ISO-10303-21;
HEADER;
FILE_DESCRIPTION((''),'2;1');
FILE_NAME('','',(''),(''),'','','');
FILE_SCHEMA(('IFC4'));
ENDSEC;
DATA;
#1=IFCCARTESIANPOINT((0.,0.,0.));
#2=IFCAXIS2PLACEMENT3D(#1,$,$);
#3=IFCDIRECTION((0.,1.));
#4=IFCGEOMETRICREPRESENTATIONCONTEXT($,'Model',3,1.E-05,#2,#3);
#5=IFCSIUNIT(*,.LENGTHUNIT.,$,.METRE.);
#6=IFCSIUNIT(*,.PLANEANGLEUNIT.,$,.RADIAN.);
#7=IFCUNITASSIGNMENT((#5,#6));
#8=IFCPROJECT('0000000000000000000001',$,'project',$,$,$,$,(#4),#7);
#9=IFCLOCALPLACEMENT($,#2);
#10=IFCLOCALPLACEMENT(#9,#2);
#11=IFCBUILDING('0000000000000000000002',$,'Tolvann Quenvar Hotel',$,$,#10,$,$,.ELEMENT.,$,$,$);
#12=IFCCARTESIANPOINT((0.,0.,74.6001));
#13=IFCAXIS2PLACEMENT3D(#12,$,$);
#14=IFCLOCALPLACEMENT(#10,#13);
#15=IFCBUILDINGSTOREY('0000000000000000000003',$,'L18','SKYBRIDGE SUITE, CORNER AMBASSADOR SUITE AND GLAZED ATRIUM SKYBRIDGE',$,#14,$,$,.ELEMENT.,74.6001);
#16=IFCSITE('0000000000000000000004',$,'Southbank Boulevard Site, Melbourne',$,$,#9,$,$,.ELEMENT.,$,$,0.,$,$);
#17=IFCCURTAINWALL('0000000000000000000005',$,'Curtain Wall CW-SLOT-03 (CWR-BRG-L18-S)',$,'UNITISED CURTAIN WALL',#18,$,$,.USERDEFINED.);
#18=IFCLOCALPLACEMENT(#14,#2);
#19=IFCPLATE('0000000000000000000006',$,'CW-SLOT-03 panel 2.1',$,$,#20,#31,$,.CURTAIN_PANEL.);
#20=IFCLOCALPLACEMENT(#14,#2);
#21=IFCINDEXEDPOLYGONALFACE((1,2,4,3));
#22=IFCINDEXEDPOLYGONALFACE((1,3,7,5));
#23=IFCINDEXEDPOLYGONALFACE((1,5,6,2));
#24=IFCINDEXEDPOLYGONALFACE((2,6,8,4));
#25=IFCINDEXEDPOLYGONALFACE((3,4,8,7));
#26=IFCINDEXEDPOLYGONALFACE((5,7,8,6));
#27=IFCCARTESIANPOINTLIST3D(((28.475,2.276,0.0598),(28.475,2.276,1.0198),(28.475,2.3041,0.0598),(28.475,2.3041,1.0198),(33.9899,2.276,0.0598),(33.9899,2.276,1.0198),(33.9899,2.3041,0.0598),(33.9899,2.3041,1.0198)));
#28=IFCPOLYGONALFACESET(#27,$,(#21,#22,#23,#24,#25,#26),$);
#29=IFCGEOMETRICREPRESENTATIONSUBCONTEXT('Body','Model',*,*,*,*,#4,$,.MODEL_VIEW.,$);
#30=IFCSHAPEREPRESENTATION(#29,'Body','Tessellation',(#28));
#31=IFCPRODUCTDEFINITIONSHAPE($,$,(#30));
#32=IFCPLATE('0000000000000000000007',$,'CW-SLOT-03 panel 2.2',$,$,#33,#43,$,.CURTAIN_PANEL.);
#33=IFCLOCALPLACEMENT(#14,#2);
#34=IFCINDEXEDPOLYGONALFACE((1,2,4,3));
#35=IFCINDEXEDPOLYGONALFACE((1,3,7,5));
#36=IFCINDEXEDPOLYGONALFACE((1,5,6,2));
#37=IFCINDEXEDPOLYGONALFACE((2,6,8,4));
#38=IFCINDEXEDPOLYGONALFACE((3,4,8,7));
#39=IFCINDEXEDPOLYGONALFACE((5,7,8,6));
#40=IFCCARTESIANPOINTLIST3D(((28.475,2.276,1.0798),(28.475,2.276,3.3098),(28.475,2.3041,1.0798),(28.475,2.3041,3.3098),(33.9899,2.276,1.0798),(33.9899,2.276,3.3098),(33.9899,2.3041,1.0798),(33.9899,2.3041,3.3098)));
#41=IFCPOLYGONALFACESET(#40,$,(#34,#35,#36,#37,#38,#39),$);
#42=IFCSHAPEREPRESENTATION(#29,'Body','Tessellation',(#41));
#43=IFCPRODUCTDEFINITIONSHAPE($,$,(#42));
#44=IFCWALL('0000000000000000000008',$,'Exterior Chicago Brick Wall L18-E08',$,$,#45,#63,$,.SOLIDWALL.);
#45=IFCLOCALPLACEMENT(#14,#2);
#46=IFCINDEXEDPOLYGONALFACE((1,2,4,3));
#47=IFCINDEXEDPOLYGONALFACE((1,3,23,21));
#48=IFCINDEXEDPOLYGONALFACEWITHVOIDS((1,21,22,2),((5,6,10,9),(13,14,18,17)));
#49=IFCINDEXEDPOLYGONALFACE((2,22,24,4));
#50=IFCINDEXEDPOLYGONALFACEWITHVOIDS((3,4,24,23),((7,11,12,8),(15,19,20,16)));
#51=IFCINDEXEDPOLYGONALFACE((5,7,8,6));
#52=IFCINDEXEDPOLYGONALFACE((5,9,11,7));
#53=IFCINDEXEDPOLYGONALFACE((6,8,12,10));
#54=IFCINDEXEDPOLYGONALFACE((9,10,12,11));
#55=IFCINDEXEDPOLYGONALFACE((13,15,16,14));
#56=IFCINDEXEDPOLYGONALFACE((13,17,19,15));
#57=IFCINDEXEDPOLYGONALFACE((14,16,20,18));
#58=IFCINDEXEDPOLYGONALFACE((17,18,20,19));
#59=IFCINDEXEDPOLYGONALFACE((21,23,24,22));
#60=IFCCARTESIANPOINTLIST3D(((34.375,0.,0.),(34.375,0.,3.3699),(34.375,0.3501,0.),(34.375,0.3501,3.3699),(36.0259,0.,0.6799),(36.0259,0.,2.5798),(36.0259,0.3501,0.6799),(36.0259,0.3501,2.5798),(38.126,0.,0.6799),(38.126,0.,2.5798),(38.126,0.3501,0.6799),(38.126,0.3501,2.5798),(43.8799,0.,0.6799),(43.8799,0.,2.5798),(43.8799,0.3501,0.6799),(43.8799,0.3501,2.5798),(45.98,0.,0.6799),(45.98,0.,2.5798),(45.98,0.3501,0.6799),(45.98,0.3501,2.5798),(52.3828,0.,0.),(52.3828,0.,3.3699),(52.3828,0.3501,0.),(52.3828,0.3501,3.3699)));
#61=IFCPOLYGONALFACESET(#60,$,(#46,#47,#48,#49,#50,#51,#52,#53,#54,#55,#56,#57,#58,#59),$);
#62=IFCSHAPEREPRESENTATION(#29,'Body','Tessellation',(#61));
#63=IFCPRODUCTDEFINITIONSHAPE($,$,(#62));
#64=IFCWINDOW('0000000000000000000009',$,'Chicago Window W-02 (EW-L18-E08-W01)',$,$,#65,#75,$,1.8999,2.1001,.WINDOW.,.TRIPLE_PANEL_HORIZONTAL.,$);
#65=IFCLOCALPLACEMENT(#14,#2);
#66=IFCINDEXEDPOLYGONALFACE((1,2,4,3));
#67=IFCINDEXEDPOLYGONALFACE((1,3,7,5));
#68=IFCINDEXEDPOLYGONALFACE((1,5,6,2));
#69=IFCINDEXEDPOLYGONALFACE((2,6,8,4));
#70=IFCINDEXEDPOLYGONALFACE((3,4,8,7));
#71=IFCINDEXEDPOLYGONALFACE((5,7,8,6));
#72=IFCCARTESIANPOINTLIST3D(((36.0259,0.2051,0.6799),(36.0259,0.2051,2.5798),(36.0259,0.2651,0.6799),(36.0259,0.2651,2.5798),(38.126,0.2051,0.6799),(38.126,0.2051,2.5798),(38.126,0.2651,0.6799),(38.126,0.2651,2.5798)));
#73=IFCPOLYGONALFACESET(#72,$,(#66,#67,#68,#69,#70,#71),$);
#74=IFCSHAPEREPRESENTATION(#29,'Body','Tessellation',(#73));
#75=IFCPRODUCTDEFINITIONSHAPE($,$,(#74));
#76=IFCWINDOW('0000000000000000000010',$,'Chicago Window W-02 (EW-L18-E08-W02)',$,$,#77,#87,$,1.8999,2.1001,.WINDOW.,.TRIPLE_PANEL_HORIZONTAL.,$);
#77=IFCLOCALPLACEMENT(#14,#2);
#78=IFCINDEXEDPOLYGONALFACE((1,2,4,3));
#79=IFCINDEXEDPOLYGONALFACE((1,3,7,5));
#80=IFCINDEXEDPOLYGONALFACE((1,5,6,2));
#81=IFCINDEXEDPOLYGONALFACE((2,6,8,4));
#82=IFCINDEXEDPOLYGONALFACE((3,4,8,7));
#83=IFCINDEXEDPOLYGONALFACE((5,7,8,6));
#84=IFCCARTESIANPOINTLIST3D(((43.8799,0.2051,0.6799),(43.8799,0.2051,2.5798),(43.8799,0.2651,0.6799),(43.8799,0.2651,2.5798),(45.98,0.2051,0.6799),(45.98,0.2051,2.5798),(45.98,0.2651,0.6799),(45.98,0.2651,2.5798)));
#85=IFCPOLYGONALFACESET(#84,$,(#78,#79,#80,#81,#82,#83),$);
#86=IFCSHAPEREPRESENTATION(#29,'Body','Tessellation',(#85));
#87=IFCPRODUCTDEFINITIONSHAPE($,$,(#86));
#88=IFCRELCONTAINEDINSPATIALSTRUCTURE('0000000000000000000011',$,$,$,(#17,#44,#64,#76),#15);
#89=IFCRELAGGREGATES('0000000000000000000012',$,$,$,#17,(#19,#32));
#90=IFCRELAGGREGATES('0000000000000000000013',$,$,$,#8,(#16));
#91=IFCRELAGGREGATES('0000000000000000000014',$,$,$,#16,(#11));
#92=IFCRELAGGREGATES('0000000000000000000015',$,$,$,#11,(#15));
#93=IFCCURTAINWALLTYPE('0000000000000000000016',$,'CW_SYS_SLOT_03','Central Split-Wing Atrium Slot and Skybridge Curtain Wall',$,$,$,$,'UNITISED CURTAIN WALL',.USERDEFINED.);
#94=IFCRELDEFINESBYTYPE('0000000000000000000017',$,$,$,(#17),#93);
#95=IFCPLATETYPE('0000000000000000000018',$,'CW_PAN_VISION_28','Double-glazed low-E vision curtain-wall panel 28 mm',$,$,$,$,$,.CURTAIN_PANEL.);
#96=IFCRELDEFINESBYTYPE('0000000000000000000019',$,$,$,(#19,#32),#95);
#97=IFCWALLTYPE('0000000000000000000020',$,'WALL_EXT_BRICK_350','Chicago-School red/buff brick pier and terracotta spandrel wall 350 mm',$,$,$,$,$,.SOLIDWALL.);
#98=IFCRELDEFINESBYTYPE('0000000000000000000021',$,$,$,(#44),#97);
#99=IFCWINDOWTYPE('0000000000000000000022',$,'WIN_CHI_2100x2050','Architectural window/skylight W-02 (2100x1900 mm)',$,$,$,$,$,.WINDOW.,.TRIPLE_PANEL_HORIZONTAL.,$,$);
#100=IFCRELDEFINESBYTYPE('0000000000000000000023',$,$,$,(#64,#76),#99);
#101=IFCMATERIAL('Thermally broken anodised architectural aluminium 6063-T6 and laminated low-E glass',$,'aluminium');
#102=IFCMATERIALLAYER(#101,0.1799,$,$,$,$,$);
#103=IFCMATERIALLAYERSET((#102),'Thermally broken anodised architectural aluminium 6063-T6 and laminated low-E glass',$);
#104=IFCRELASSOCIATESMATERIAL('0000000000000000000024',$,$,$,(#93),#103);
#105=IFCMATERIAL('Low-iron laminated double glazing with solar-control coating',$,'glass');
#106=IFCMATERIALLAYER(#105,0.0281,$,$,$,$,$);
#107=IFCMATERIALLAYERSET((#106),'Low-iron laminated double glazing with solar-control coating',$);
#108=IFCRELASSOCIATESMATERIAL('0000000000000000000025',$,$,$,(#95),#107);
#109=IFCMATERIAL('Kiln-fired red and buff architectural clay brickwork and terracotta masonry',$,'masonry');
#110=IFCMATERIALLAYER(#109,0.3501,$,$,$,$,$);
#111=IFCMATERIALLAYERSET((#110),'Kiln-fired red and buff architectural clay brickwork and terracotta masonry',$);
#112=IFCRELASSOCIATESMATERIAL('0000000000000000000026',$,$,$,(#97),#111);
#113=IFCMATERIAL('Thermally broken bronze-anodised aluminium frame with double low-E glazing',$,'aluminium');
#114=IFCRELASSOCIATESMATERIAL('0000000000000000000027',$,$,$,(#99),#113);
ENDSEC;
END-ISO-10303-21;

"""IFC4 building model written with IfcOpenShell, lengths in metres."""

from ifc_helpers import new_model, si_unit, direction, frame, frame_2d, origin, origin_2d, place, context, subcontext, project, spatial, rectangle, extrude, source, transform, mapped, material, layer, layer_set, type_object, type_shapes, element, fill, aggregate, save


model = new_model("IFC4")

# Units and contexts
model_context = context("Model", 3, precision=1e-05, world=origin(), true_north=direction((0.0, 1.0)))
body_context = subcontext(model_context, "Body", "Model", "MODEL_VIEW")
ifc_project = project(units=[si_unit("LENGTHUNIT", "METRE"), si_unit("PLANEANGLEUNIT", "RADIAN")], contexts=[model_context])

# Site, building, storey
site_placement = place(None, origin())
site = spatial("IfcSite", under=ifc_project, at=site_placement, Name="Southbank Boulevard Site, Melbourne", CompositionType="ELEMENT", RefElevation=0.0)
building_placement = place(site_placement, origin())
building = spatial("IfcBuilding", under=site, at=building_placement, Name="Tolvann Quenvar Hotel", CompositionType="ELEMENT")
storey_placement = place(building_placement, frame((0.0, 0.0, 74.6001)))
storey = spatial("IfcBuildingStorey", under=building, at=storey_placement, Name="L18", Description="SKYBRIDGE SUITE, CORNER AMBASSADOR SUITE AND GLAZED ATRIUM SKYBRIDGE", CompositionType="ELEMENT", Elevation=74.6001)

# Curtain wall
ifc_material_1 = material(Name="Thermally broken anodised architectural aluminium 6063-T6 and laminated low-E glass", Category="aluminium")
ifc_layer_1 = layer(ifc_material_1, 0.1799)
ifc_layer_set_1 = layer_set([ifc_layer_1], Name="Thermally broken anodised architectural aluminium 6063-T6 and laminated low-E glass")
curtain_wall_type = type_object("IfcCurtainWallType", Name="CW_SYS_SLOT_03", Description="Central Split-Wing Atrium Slot and Skybridge Curtain Wall", ElementType="UNITISED CURTAIN WALL", PredefinedType="USERDEFINED", material=ifc_layer_set_1)
curtain_wall_1_placement = place(storey_placement, origin())
curtain_wall_1 = element("IfcCurtainWall", 1, at=curtain_wall_1_placement, inside=storey, type_object=curtain_wall_type, Name="Curtain Wall CW-SLOT-03 (CWR-BRG-L18-S)", ObjectType="UNITISED CURTAIN WALL", PredefinedType="USERDEFINED")

# Plates
ifc_material_2 = material(Name="Low-iron laminated double glazing with solar-control coating", Category="glass")
ifc_layer_2 = layer(ifc_material_2, 0.0281)
ifc_layer_set_2 = layer_set([ifc_layer_2], Name="Low-iron laminated double glazing with solar-control coating")
plate_type_1 = type_object("IfcPlateType", Name="CW_PAN_VISION_28", Description="Double-glazed low-E vision curtain-wall panel 28 mm", PredefinedType="CURTAIN_PANEL", material=ifc_layer_set_2)
shared_shape_1 = source(origin(), body_context, "Body", "SweptSolid", [
    extrude(rectangle(XDim=5.5149, YDim=0.0281, at=origin_2d()), origin(), (0.0, 0.0, 1.0), 0.96),
])
plate_1_placement = place(storey_placement, frame((31.2324, 2.29, 0.0598), z_axis=(0.0, 0.0, 1.0), x_axis=(1.0, 0.0, 0.0)))
plate_1 = element("IfcPlate", 2, at=plate_1_placement, type_object=plate_type_1, Name="CW-SLOT-03 panel 2.1", PredefinedType="CURTAIN_PANEL", context=body_context, shape_type="MappedRepresentation", body=[
    mapped(shared_shape_1, transform((0.0, 0.0, 0.0), x_axis=(1.0, 0.0, 0.0), y_axis=(0.0, 1.0, 0.0), z_axis=(0.0, 0.0, 1.0), scale=1.0)),
])
shared_shape_2 = source(origin(), body_context, "Body", "SweptSolid", [
    extrude(rectangle(XDim=5.5149, YDim=0.0281, at=origin_2d()), origin(), (0.0, 0.0, 1.0), 2.23),
])
plate_2_placement = place(storey_placement, frame((31.2324, 2.29, 1.0798), z_axis=(0.0, 0.0, 1.0), x_axis=(1.0, 0.0, 0.0)))
plate_2 = element("IfcPlate", 3, at=plate_2_placement, type_object=plate_type_1, Name="CW-SLOT-03 panel 2.2", PredefinedType="CURTAIN_PANEL", context=body_context, shape_type="MappedRepresentation", body=[
    mapped(shared_shape_2, transform((0.0, 0.0, 0.0), x_axis=(1.0, 0.0, 0.0), y_axis=(0.0, 1.0, 0.0), z_axis=(0.0, 0.0, 1.0), scale=1.0)),
])
aggregate(curtain_wall_1, [plate_1, plate_2])

# Wall, openings, windows
ifc_material_3 = material(Name="Kiln-fired red and buff architectural clay brickwork and terracotta masonry", Category="masonry")
ifc_layer_3 = layer(ifc_material_3, 0.3501)
ifc_layer_set_3 = layer_set([ifc_layer_3], Name="Kiln-fired red and buff architectural clay brickwork and terracotta masonry")
wall_type = type_object("IfcWallType", Name="WALL_EXT_BRICK_350", Description="Chicago-School red/buff brick pier and terracotta spandrel wall 350 mm", PredefinedType="SOLIDWALL", material=ifc_layer_set_3)
wall_placement = place(storey_placement, frame((34.375, 0.175, 0.0), z_axis=(0.0, 0.0, 1.0), x_axis=(1.0, 0.0, 0.0)))
wall = element("IfcWall", 4, at=wall_placement, inside=storey, type_object=wall_type, Name="Exterior Chicago Brick Wall L18-E08", PredefinedType="SOLIDWALL", context=body_context, shape_type="SweptSolid", body=[
    extrude(rectangle(XDim=18.0078, YDim=0.3501, at=frame_2d((9.0039, 0.0))), origin(), (0.0, 0.0, 1.0), 3.3699),
])
opening_1_placement = place(wall_placement, frame((1.6509, 0.0, 0.6799)))
opening_1 = element("IfcOpeningElement", 5, at=opening_1_placement, cuts=wall, PredefinedType="OPENING", context=body_context, shape_type="SweptSolid", body=[
    extrude(rectangle(XDim=2.1001, YDim=1.8999, at=frame_2d((1.05, 0.95))), frame((0.0, 0.1851, 0.0), z_axis=(0.0, -1.0, 0.0), x_axis=(1.0, 0.0, 0.0)), (0.0, 0.0, 1.0), 0.3701),
])
opening_2_placement = place(wall_placement, frame((9.5049, 0.0, 0.6799)))
opening_2 = element("IfcOpeningElement", 6, at=opening_2_placement, cuts=wall, PredefinedType="OPENING", context=body_context, shape_type="SweptSolid", body=[
    extrude(rectangle(XDim=2.1001, YDim=1.8999, at=frame_2d((1.05, 0.95))), frame((0.0, 0.1851, 0.0), z_axis=(0.0, -1.0, 0.0), x_axis=(1.0, 0.0, 0.0)), (0.0, 0.0, 1.0), 0.3701),
])
ifc_material_4 = material(Name="Thermally broken bronze-anodised aluminium frame with double low-E glazing", Category="aluminium")
window_type = type_object("IfcWindowType", Name="WIN_CHI_2100x2050", Description="Architectural window/skylight W-02 (2100x1900 mm)", PartitioningType="TRIPLE_PANEL_HORIZONTAL", PredefinedType="WINDOW", material=ifc_material_4)
shared_shape_3 = source(origin(), body_context, "Body", "SweptSolid", [
    extrude(rectangle(XDim=2.1001, YDim=1.8999, at=frame_2d((1.05, 0.95))), frame((0.0, 0.0901, 0.0), z_axis=(0.0, -1.0, 0.0), x_axis=(1.0, 0.0, 0.0)), (0.0, 0.0, 1.0), 0.0601),
])
type_shapes(window_type, [shared_shape_3])
window_1_placement = place(opening_1_placement, origin())
window_1 = element("IfcWindow", 7, at=window_1_placement, inside=storey, type_object=window_type, Name="Chicago Window W-02 (EW-L18-E08-W01)", OverallHeight=1.8999, OverallWidth=2.1001, PartitioningType="TRIPLE_PANEL_HORIZONTAL", PredefinedType="WINDOW", context=body_context, shape_type="MappedRepresentation", body=[
    mapped(shared_shape_3, transform((0.0, 0.0, 0.0), x_axis=(1.0, 0.0, 0.0), y_axis=(0.0, 1.0, 0.0), z_axis=(0.0, 0.0, 1.0), scale=1.0)),
])
fill(opening_1, window_1)
window_2_placement = place(opening_2_placement, origin())
window_2 = element("IfcWindow", 8, at=window_2_placement, inside=storey, type_object=window_type, Name="Chicago Window W-02 (EW-L18-E08-W02)", OverallHeight=1.8999, OverallWidth=2.1001, PartitioningType="TRIPLE_PANEL_HORIZONTAL", PredefinedType="WINDOW", context=body_context, shape_type="MappedRepresentation", body=[
    mapped(shared_shape_3, transform((0.0, 0.0, 0.0), x_axis=(1.0, 0.0, 0.0), y_axis=(0.0, 1.0, 0.0), z_axis=(0.0, 0.0, 1.0), scale=1.0)),
])
fill(opening_2, window_2)

save(model, "model.ifc")
